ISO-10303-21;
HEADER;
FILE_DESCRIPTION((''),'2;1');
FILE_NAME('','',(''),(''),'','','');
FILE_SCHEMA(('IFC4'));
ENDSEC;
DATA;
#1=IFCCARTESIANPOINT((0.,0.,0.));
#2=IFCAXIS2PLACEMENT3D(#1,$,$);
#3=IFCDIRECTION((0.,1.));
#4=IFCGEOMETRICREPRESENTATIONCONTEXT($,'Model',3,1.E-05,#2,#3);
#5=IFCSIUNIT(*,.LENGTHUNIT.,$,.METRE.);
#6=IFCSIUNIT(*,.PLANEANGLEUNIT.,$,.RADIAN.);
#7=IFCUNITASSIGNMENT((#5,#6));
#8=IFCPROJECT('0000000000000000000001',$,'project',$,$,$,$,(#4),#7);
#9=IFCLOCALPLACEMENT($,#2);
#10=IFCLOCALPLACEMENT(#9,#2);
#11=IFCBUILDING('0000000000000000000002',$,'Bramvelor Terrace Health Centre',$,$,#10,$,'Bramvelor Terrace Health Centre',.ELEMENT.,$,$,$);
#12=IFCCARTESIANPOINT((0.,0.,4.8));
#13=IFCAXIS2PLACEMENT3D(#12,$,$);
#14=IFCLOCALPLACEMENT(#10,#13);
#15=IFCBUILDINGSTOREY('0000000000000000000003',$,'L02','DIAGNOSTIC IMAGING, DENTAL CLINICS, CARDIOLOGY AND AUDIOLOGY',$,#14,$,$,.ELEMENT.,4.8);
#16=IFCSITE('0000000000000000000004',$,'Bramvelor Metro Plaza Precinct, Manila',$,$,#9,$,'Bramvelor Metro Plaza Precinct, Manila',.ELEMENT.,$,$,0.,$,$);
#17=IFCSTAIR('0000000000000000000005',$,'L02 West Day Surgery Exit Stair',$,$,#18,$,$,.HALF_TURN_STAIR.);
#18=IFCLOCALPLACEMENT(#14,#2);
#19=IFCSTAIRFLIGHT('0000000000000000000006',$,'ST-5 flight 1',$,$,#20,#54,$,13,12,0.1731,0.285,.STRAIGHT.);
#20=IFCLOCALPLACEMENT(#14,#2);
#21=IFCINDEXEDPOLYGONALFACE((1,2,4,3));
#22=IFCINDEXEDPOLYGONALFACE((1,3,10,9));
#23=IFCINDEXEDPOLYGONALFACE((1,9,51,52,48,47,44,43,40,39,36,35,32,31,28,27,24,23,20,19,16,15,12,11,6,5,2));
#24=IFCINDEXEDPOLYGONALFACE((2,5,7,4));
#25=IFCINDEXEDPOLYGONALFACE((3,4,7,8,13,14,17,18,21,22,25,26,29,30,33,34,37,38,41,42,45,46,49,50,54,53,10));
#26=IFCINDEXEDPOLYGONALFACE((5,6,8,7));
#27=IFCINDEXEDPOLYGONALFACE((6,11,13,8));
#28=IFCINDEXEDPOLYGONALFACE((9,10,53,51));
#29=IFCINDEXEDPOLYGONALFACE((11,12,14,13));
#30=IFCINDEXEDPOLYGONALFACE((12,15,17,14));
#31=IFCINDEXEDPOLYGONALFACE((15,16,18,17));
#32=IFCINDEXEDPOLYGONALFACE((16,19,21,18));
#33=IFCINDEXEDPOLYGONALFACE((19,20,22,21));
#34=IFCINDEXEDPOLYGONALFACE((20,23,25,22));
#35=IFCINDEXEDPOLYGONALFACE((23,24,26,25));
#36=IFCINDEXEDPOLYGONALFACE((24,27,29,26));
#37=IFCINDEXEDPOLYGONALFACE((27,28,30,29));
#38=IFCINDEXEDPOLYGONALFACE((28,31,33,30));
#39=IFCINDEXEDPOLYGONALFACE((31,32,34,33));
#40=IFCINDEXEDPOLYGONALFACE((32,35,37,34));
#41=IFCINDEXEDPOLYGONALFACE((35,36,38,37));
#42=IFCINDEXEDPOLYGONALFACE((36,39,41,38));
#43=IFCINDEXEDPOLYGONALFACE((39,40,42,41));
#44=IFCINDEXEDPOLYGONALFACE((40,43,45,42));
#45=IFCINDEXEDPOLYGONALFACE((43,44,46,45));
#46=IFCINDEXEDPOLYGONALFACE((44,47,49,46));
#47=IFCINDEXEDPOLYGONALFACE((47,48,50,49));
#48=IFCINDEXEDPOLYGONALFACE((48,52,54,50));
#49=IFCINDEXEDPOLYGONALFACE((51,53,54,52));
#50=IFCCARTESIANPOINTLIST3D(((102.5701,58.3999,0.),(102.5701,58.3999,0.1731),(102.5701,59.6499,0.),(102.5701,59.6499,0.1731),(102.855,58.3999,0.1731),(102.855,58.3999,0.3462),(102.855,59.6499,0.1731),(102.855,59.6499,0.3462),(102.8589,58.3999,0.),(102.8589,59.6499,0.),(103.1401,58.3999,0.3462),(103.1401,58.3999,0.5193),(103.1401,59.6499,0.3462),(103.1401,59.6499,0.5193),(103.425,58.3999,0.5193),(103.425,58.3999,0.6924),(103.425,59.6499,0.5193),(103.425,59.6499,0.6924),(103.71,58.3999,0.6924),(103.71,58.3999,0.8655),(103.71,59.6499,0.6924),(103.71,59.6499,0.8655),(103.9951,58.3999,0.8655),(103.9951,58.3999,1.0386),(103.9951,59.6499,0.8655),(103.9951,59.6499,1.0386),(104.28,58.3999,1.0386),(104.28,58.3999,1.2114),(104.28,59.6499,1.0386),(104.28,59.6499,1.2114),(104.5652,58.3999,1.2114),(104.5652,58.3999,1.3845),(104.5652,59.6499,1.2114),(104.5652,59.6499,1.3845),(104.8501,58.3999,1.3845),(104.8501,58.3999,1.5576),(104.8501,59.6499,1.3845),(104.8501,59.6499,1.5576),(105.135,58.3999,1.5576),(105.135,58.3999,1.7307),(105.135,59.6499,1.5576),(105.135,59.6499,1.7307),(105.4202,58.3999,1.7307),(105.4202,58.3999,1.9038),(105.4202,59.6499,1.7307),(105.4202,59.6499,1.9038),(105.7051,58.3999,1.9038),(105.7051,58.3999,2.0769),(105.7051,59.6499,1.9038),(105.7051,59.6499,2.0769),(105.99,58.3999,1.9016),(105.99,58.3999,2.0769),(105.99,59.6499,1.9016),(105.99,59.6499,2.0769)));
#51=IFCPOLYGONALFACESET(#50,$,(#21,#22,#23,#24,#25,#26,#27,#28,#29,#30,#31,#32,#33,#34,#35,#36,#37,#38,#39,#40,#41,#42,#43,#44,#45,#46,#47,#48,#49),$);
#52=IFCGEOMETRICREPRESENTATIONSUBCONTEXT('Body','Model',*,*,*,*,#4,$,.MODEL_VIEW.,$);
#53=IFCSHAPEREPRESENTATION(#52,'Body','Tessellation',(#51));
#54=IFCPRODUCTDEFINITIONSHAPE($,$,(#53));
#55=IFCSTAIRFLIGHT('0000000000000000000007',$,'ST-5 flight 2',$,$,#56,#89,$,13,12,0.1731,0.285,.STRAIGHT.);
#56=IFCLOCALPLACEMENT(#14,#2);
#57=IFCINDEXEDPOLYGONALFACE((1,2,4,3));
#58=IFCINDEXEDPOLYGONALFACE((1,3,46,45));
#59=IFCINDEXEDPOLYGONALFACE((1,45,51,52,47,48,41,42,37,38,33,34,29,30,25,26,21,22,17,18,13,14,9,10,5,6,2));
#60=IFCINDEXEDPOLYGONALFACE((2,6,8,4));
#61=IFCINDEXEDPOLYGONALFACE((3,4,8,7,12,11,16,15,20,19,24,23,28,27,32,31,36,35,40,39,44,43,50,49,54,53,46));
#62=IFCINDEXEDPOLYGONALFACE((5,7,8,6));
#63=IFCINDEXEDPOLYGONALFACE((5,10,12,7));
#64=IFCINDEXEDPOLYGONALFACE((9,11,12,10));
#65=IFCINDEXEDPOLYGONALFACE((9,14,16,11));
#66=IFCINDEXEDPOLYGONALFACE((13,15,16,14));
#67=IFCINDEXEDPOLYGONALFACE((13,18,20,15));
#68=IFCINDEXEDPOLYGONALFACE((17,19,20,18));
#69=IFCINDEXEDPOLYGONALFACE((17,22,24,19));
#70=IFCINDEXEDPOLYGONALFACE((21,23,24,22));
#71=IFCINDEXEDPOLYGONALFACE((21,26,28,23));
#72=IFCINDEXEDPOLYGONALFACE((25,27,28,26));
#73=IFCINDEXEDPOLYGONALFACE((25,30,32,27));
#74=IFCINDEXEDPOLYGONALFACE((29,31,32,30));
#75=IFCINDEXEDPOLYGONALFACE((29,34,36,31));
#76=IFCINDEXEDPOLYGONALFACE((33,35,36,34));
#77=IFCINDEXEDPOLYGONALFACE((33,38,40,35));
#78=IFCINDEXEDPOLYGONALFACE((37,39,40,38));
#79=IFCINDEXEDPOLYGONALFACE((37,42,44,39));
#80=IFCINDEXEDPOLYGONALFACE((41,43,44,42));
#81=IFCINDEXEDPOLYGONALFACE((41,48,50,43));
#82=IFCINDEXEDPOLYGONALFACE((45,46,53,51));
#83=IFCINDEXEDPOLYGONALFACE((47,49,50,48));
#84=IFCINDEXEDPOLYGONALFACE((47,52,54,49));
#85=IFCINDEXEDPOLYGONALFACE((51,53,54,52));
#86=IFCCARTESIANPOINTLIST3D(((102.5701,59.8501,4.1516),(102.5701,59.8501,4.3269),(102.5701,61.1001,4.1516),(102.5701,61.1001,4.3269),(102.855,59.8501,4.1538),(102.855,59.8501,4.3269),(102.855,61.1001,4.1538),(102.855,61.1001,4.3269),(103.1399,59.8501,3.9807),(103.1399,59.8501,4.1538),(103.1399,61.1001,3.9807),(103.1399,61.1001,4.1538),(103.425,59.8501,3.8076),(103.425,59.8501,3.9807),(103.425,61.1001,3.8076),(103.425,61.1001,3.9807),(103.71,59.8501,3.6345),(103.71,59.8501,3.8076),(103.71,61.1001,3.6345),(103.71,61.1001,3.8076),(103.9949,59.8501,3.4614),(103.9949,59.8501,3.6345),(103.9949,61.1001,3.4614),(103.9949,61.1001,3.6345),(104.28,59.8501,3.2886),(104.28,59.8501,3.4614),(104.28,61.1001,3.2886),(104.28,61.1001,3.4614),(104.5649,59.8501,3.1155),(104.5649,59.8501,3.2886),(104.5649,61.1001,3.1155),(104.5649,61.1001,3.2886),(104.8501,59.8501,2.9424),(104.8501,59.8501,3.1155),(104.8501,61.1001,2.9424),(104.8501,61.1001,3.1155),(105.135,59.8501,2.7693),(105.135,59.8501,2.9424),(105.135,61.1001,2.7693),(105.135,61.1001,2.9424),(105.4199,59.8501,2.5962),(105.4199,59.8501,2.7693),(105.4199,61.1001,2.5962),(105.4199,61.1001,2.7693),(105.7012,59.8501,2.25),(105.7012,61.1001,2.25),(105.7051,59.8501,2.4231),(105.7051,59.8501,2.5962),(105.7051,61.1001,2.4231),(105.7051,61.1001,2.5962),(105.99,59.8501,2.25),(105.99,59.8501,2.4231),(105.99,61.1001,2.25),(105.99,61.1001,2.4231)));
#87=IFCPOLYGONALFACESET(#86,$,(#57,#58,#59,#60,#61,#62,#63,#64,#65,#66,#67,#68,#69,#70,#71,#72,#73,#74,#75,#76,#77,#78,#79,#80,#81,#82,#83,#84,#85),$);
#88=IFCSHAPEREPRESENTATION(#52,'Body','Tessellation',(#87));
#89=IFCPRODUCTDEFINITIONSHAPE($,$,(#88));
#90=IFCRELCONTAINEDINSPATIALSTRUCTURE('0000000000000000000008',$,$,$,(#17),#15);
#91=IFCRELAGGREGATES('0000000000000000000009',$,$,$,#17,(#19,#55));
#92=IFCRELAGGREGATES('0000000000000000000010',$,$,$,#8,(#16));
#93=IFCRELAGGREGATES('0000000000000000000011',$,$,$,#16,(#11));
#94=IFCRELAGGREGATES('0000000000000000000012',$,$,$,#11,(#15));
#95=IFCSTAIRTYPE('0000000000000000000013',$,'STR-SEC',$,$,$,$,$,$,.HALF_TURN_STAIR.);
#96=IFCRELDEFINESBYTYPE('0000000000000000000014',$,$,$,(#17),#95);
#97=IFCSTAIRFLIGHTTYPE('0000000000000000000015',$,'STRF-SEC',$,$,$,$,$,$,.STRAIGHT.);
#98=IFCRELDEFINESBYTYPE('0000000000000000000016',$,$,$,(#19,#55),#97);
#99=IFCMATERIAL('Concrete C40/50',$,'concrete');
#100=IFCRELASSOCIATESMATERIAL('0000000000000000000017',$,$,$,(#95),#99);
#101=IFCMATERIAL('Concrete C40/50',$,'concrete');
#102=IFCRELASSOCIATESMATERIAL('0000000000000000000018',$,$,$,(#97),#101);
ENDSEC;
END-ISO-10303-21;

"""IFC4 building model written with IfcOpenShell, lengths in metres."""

from ifc_helpers import new_model, si_unit, direction, frame, origin, place, context, subcontext, project, spatial, polyline, outline, extrude, material, type_object, element, aggregate, save


model = new_model("IFC4")

# Units and contexts
model_context = context("Model", 3, precision=1e-05, world=origin(), true_north=direction((0.0, 1.0)))
body_context = subcontext(model_context, "Body", "Model", "MODEL_VIEW")
ifc_project = project(units=[si_unit("LENGTHUNIT", "METRE"), si_unit("PLANEANGLEUNIT", "RADIAN")], contexts=[model_context])

# Site, building, storey
site_placement = place(None, origin())
site = spatial("IfcSite", under=ifc_project, at=site_placement, Name="Bramvelor Metro Plaza Precinct, Manila", LongName="Bramvelor Metro Plaza Precinct, Manila", CompositionType="ELEMENT", RefElevation=0.0)
building_placement = place(site_placement, origin())
building = spatial("IfcBuilding", under=site, at=building_placement, Name="Bramvelor Terrace Health Centre", LongName="Bramvelor Terrace Health Centre", CompositionType="ELEMENT")
storey_placement = place(building_placement, frame((0.0, 0.0, 4.8)))
storey = spatial("IfcBuildingStorey", under=building, at=storey_placement, Name="L02", Description="DIAGNOSTIC IMAGING, DENTAL CLINICS, CARDIOLOGY AND AUDIOLOGY", CompositionType="ELEMENT", Elevation=4.8)

# Stair, stair flights
ifc_material_1 = material(Name="Concrete C40/50", Category="concrete")
stair_type = type_object("IfcStairType", Name="STR-SEC", PredefinedType="HALF_TURN_STAIR", material=ifc_material_1)
stair_placement = place(storey_placement, origin())
stair = element("IfcStair", 1, at=stair_placement, inside=storey, type_object=stair_type, Name="L02 West Day Surgery Exit Stair", PredefinedType="HALF_TURN_STAIR")
ifc_material_2 = material(Name="Concrete C40/50", Category="concrete")
stair_flight_type = type_object("IfcStairFlightType", Name="STRF-SEC", PredefinedType="STRAIGHT", material=ifc_material_2)
stair_flight_1_placement = place(storey_placement, frame((102.5701, 59.0249, 0.0), z_axis=(0.0, 0.0, 1.0), x_axis=(1.0, 0.0, 0.0)))
stair_flight_1 = element("IfcStairFlight", 2, at=stair_flight_1_placement, type_object=stair_flight_type, Name="ST-5 flight 1", NumberOfRisers=13, NumberOfTreads=12, PredefinedType="STRAIGHT", RiserHeight=0.1731, TreadLength=0.285, context=body_context, shape_type="SweptSolid", body=[
    extrude(outline(polyline([(0.0, 0.0), (0.0, 0.1731), (0.2849, 0.1731), (0.2849, 0.3462), (0.5701, 0.3462), (0.5701, 0.5193), (0.855, 0.5193), (0.855, 0.6924), (1.1399, 0.6924), (1.1399, 0.8655), (1.425, 0.8655), (1.425, 1.0386), (1.71, 1.0386), (1.71, 1.2114), (1.9951, 1.2114), (1.9951, 1.3845), (2.28, 1.3845), (2.28, 1.5576), (2.5649, 1.5576), (2.5649, 1.7307), (2.8501, 1.7307), (2.8501, 1.9038), (3.135, 1.9038), (3.135, 2.0769), (3.4199, 2.0769), (3.4199, 2.25), (3.4199, 1.9016), (0.2888, 0.0), (0.0, 0.0)])), frame((0.0, 0.625, 0.0), z_axis=(0.0, -1.0, 0.0), x_axis=(1.0, 0.0, 0.0)), (0.0, 0.0, 1.0), 1.25),
])
stair_flight_2_placement = place(storey_placement, frame((105.99, 60.4751, 2.25), z_axis=(0.0, 0.0, 1.0), x_axis=(-1.0, 0.0, 0.0)))
stair_flight_2 = element("IfcStairFlight", 3, at=stair_flight_2_placement, type_object=stair_flight_type, Name="ST-5 flight 2", NumberOfRisers=13, NumberOfTreads=12, PredefinedType="STRAIGHT", RiserHeight=0.1731, TreadLength=0.285, context=body_context, shape_type="SweptSolid", body=[
    extrude(outline(polyline([(0.0, 0.0), (0.0, 0.1731), (0.2849, 0.1731), (0.2849, 0.3462), (0.5701, 0.3462), (0.5701, 0.5193), (0.855, 0.5193), (0.855, 0.6924), (1.1399, 0.6924), (1.1399, 0.8655), (1.425, 0.8655), (1.425, 1.0386), (1.71, 1.0386), (1.71, 1.2114), (1.9951, 1.2114), (1.9951, 1.3845), (2.28, 1.3845), (2.28, 1.5576), (2.5649, 1.5576), (2.5649, 1.7307), (2.8501, 1.7307), (2.8501, 1.9038), (3.135, 1.9038), (3.135, 2.0769), (3.4199, 2.0769), (3.4199, 2.25), (3.4199, 1.9016), (0.2888, 0.0), (0.0, 0.0)])), frame((0.0, 0.625, 0.0), z_axis=(0.0, -1.0, 0.0), x_axis=(1.0, 0.0, 0.0)), (0.0, 0.0, 1.0), 1.25),
])
aggregate(stair, [stair_flight_1, stair_flight_2])

save(model, "model.ifc")
